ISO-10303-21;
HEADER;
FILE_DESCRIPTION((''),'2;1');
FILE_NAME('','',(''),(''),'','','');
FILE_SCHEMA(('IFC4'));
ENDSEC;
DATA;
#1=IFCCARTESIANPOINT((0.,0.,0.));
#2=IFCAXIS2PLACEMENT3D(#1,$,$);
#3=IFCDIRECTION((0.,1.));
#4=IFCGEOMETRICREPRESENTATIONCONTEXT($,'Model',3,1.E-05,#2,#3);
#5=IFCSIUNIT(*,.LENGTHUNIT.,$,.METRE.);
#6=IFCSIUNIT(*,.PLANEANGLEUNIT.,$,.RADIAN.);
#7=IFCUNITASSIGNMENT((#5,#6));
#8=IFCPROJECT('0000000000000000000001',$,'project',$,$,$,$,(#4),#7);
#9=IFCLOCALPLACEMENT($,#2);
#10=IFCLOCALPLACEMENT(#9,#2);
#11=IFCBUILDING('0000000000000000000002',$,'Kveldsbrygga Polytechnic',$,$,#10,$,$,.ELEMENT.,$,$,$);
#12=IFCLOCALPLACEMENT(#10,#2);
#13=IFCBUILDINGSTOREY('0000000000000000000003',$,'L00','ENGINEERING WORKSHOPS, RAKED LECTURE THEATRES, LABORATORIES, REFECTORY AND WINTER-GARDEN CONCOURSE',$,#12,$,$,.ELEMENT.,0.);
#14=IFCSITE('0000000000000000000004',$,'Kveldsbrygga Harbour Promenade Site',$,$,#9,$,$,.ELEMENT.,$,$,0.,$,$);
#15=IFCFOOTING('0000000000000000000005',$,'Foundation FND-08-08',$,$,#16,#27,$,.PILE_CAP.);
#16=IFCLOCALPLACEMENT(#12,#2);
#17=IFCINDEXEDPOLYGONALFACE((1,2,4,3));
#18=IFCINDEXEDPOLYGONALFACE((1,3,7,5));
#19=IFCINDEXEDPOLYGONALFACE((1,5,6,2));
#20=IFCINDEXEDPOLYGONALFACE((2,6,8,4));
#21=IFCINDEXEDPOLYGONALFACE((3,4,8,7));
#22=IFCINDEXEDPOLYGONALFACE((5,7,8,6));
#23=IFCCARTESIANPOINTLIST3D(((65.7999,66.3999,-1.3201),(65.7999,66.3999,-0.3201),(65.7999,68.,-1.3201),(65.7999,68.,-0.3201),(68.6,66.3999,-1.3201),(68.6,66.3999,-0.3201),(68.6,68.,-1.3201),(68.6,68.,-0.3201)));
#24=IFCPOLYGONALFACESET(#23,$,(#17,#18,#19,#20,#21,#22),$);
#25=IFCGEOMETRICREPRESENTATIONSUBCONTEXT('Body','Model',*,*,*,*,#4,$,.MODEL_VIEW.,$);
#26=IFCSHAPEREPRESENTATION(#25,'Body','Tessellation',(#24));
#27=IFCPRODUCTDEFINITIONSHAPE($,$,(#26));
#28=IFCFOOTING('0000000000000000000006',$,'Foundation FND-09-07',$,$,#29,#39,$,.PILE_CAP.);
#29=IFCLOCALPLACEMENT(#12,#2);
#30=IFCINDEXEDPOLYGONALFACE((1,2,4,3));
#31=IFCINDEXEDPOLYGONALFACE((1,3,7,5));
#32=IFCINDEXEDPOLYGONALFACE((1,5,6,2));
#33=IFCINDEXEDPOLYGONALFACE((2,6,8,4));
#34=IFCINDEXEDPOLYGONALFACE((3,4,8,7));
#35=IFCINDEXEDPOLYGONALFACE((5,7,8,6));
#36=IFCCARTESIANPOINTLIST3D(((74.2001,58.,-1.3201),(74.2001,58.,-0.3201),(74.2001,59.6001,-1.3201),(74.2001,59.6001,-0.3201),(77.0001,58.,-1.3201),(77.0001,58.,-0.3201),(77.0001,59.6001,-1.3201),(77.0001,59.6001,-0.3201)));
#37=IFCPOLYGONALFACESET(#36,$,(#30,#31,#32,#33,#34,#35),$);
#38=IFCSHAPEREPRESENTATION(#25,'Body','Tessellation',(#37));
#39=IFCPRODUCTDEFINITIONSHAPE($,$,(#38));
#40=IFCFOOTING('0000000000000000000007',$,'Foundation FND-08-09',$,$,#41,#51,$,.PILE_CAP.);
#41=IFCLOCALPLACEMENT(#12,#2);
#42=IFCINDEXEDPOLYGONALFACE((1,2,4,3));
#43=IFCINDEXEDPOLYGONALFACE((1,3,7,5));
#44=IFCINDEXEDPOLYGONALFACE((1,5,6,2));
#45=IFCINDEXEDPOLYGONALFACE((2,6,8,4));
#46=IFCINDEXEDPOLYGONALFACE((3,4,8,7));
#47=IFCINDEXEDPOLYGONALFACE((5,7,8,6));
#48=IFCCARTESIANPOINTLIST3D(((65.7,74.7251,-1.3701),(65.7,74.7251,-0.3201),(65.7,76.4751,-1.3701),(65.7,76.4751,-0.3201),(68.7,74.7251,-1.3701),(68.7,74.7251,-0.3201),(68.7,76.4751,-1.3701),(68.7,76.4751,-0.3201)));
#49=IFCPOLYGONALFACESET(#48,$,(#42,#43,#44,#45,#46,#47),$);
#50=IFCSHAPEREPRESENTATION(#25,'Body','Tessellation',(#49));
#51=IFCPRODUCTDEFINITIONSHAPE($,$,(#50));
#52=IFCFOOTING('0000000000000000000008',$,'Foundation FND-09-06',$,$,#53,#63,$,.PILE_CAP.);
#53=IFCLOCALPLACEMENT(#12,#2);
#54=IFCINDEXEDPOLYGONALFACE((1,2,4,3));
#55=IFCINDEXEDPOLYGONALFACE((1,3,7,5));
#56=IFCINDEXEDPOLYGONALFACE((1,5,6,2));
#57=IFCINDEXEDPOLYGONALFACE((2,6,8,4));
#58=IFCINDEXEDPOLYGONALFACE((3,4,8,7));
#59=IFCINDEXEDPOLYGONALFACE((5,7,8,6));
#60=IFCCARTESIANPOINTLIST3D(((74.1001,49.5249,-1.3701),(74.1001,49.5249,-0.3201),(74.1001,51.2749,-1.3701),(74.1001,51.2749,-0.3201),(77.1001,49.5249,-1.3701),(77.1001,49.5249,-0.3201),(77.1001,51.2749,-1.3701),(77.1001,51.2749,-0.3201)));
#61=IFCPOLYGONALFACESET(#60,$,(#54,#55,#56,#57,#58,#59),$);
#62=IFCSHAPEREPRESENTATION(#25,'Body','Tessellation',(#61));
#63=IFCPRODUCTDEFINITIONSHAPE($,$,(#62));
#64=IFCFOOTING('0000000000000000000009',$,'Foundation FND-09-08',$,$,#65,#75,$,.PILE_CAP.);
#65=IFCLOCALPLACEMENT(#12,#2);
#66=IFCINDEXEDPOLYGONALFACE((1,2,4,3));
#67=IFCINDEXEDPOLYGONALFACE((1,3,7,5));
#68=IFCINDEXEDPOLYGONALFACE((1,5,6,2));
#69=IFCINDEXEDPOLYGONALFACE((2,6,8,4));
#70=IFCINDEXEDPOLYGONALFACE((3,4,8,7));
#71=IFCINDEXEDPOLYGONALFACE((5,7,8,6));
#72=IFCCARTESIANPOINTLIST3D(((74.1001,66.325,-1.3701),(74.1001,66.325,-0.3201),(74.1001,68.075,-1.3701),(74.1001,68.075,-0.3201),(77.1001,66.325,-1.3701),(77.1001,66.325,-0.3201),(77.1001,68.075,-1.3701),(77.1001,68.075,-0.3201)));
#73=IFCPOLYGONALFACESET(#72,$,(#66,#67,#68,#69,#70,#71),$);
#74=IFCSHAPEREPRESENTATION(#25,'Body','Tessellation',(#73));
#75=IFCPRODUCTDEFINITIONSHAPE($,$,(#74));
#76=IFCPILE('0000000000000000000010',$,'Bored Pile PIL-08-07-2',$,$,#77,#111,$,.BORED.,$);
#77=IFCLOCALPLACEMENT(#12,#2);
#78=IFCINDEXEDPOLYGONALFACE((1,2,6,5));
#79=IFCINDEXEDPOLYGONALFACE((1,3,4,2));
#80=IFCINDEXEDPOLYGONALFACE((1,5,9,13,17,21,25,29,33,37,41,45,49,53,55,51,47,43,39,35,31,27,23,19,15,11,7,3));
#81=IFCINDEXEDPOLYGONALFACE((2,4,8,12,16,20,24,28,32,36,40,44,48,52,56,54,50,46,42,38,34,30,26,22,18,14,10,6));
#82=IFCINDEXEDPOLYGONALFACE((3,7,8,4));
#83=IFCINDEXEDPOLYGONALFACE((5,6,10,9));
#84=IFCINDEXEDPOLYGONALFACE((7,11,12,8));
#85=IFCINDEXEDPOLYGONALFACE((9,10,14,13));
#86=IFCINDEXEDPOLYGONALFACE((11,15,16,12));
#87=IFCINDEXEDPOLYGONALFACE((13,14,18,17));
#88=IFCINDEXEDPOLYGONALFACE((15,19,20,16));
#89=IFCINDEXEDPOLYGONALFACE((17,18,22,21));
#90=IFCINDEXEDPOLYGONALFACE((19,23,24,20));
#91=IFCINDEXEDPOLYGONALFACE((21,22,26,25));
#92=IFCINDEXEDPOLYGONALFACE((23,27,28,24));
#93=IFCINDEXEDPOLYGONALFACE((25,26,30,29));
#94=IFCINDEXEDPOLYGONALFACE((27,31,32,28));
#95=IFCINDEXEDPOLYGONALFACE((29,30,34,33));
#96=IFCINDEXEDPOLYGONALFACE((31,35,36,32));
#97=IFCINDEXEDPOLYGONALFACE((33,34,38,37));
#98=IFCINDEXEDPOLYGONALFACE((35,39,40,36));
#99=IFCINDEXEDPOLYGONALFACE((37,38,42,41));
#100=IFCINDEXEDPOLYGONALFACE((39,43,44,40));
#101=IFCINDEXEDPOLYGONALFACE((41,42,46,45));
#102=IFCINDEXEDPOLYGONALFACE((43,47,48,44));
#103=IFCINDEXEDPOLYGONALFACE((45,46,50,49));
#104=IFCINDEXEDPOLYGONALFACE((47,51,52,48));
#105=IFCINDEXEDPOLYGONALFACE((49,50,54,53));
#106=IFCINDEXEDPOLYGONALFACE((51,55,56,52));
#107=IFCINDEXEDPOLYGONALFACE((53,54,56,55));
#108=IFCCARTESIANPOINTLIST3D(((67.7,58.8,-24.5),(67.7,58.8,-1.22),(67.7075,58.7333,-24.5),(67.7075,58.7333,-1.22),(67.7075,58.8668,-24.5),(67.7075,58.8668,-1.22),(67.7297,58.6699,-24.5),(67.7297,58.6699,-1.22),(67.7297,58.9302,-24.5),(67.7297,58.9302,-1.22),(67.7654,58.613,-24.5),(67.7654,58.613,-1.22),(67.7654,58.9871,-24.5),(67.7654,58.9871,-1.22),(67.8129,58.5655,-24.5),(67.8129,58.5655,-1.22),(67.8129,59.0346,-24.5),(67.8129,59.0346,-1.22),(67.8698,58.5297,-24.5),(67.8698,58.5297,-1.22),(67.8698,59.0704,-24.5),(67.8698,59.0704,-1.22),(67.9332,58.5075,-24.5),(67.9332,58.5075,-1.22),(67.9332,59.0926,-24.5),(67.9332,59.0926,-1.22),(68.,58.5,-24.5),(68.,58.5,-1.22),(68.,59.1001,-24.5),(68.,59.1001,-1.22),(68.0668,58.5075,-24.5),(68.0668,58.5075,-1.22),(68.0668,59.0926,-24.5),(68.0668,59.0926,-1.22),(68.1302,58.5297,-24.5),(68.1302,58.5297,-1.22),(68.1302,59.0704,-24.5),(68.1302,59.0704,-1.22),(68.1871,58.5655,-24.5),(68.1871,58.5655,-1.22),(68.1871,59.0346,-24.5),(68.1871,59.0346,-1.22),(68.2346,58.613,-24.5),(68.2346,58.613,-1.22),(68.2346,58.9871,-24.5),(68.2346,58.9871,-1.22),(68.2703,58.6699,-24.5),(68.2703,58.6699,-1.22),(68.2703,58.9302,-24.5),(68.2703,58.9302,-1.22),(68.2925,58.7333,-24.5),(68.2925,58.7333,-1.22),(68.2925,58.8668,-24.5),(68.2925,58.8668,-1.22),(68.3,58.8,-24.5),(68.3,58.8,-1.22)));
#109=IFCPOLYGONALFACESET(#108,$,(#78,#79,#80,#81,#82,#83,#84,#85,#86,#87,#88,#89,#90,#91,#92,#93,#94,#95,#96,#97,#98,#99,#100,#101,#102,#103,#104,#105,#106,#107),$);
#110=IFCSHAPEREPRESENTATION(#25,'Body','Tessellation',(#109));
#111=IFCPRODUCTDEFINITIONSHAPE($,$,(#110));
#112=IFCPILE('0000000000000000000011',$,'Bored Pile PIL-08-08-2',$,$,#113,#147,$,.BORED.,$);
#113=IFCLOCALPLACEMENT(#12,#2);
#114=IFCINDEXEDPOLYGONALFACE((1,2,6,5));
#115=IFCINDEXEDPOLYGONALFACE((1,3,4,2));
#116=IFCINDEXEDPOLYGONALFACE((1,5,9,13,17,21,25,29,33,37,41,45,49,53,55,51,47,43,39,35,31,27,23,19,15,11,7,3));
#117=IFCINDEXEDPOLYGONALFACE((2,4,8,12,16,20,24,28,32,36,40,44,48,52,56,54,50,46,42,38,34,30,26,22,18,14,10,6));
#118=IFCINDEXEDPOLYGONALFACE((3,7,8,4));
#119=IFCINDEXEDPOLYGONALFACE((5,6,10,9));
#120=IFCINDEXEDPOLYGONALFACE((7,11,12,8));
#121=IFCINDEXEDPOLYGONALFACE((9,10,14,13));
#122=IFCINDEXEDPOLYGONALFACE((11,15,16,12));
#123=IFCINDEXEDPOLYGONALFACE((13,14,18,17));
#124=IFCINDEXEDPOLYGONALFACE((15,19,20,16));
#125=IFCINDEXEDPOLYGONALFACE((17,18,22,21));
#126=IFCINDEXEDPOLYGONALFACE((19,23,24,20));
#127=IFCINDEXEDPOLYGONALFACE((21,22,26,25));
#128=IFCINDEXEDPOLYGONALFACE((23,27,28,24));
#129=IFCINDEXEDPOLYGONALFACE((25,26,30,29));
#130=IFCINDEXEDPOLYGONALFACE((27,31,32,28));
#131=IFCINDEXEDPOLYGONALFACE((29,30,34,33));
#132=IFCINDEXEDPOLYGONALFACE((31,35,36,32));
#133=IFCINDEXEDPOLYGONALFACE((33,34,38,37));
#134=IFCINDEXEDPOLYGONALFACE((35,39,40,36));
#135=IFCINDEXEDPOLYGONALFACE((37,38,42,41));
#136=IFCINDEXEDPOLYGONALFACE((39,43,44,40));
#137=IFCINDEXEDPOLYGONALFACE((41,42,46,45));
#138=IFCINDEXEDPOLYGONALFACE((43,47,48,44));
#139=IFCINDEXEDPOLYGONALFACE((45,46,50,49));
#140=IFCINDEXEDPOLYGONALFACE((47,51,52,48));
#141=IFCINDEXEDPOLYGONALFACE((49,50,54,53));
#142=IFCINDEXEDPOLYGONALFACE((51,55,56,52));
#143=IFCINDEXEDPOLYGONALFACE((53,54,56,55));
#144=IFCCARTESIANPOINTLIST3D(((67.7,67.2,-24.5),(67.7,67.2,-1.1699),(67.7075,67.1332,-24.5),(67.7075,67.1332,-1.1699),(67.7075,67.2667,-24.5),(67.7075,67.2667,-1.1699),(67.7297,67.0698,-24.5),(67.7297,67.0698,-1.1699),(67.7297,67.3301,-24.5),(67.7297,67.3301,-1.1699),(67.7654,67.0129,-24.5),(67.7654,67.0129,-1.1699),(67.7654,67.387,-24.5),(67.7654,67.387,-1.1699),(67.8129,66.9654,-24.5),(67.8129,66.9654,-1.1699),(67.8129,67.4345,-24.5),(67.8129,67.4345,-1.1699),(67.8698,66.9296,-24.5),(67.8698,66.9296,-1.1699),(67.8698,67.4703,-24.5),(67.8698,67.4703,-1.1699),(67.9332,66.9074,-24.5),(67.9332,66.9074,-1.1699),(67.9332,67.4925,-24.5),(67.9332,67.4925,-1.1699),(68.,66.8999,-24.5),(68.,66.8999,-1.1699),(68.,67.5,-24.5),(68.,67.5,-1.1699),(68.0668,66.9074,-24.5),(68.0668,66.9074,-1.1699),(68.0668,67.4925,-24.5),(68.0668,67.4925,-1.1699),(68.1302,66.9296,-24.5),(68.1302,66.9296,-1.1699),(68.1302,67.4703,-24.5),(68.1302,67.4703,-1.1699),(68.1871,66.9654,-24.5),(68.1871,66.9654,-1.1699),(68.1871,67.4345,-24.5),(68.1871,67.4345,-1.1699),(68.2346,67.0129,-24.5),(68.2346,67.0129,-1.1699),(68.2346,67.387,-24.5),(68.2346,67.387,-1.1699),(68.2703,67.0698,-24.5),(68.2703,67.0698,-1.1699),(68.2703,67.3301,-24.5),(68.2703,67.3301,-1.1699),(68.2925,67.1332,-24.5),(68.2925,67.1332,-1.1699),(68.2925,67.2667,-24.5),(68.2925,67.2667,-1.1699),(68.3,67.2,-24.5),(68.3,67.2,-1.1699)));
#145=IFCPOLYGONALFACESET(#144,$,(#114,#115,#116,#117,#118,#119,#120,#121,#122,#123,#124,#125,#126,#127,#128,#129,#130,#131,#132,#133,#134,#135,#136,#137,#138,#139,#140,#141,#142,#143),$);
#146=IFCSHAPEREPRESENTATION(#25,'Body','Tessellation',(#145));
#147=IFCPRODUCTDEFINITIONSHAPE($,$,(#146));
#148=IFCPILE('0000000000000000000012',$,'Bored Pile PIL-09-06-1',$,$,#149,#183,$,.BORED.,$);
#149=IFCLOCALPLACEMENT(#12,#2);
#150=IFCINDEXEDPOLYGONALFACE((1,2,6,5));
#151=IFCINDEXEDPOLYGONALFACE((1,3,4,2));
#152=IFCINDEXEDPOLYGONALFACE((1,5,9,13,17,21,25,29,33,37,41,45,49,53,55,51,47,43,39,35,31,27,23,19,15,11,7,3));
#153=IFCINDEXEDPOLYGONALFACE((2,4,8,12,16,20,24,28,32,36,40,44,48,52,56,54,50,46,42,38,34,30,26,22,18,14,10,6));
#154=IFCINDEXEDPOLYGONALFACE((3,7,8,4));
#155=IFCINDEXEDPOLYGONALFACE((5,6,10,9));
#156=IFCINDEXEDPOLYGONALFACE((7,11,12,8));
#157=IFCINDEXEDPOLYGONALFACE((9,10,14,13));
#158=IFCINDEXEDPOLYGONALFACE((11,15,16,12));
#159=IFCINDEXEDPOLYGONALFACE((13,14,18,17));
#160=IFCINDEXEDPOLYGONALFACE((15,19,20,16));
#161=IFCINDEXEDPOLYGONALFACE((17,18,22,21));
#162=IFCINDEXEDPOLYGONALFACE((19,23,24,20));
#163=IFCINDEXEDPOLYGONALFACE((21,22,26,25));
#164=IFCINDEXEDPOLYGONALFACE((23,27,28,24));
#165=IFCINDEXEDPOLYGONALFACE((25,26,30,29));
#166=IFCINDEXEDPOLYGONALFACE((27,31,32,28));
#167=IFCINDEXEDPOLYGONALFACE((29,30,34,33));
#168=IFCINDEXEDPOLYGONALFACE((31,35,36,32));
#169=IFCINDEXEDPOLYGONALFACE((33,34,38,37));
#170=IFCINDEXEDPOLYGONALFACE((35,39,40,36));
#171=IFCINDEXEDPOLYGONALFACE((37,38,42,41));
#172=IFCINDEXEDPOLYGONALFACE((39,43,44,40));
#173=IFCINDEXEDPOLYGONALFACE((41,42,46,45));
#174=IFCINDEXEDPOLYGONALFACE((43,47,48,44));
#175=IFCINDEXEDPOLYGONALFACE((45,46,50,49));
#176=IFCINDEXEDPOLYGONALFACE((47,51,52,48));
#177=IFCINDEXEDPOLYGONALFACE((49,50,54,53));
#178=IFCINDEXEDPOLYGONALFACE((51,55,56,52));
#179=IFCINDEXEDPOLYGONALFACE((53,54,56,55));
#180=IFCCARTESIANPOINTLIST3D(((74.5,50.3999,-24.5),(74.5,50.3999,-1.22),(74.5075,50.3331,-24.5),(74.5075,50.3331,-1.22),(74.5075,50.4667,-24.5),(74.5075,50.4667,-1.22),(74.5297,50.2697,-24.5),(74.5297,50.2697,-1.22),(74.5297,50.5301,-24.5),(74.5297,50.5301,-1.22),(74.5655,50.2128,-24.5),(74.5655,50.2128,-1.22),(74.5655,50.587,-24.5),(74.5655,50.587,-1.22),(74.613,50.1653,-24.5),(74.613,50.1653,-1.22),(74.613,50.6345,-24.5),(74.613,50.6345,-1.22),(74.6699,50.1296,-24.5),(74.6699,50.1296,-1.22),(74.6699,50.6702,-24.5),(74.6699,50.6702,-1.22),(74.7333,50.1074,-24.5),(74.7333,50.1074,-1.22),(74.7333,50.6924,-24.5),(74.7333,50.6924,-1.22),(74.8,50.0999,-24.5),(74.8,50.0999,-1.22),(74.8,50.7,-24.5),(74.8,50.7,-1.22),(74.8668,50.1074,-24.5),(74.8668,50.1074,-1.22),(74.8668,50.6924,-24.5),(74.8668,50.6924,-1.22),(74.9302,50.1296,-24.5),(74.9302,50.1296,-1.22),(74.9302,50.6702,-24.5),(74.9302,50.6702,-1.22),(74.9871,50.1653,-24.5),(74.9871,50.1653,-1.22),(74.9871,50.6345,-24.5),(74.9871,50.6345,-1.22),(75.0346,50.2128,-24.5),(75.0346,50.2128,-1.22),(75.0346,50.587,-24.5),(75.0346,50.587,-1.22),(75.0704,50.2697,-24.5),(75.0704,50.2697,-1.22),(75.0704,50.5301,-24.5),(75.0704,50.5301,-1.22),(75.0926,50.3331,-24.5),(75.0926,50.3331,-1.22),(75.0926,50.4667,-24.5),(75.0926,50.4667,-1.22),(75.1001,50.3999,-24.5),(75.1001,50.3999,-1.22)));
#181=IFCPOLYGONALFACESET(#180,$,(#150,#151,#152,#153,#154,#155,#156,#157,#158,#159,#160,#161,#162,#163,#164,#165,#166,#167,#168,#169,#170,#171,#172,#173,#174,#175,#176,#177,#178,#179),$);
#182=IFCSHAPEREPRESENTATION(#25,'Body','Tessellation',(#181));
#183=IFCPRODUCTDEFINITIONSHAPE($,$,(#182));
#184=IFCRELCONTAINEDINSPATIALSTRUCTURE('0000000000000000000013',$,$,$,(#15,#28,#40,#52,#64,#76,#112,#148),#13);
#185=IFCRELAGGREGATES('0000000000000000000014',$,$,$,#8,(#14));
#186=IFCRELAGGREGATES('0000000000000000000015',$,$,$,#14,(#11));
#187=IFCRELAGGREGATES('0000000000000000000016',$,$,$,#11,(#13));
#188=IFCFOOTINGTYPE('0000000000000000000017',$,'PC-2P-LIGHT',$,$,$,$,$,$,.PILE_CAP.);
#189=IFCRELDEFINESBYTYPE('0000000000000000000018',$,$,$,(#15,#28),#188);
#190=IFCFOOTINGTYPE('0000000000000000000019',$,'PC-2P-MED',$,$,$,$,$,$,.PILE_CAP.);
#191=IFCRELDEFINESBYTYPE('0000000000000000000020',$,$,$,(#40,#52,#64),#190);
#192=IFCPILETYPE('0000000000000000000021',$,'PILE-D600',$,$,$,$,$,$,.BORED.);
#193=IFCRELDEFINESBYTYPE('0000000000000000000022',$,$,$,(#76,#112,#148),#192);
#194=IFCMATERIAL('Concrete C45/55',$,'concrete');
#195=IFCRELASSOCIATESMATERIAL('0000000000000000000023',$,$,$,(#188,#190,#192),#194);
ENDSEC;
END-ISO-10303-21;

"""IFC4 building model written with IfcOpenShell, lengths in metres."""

from ifc_helpers import new_model, si_unit, direction, frame, origin, origin_2d, place, context, subcontext, project, spatial, rectangle, circle, extrude, material, material_profile, profile_set, type_object, element, save


model = new_model("IFC4")

# Units and contexts
model_context = context("Model", 3, precision=1e-05, world=origin(), true_north=direction((0.0, 1.0)))
body_context = subcontext(model_context, "Body", "Model", "MODEL_VIEW")
ifc_project = project(units=[si_unit("LENGTHUNIT", "METRE"), si_unit("PLANEANGLEUNIT", "RADIAN")], contexts=[model_context])

# Site, building, storey
site_placement = place(None, origin())
site = spatial("IfcSite", under=ifc_project, at=site_placement, Name="Kveldsbrygga Harbour Promenade Site", CompositionType="ELEMENT", RefElevation=0.0)
building_placement = place(site_placement, origin())
building = spatial("IfcBuilding", under=site, at=building_placement, Name="Kveldsbrygga Polytechnic", CompositionType="ELEMENT")
storey_placement = place(building_placement, origin())
storey = spatial("IfcBuildingStorey", under=building, at=storey_placement, Name="L00", Description="ENGINEERING WORKSHOPS, RAKED LECTURE THEATRES, LABORATORIES, REFECTORY AND WINTER-GARDEN CONCOURSE", CompositionType="ELEMENT", Elevation=0.0)

# Footings
ifc_material_1 = material(Name="Concrete C45/55", Category="concrete")
footing_type_1 = type_object("IfcFootingType", Name="PC-2P-LIGHT", PredefinedType="PILE_CAP", material=ifc_material_1)
for number, where, z_axis, x_axis, name in (
    (1, (67.2, 67.2, -1.3201), (0.0, 0.0, 1.0), (1.0, 0.0, 0.0), "Foundation FND-08-08"),
    (2, (75.6001, 58.8, -1.3201), (0.0, 0.0, 1.0), (1.0, 0.0, 0.0), "Foundation FND-09-07"),
):
    element("IfcFooting", number, at=place(storey_placement, frame(where, z_axis=z_axis, x_axis=x_axis)), inside=storey, type_object=footing_type_1, Name=name, PredefinedType="PILE_CAP", context=body_context, shape_type="SweptSolid", body=[
        extrude(rectangle(XDim=2.8, YDim=1.6001, at=origin_2d()), origin(), (0.0, 0.0, 1.0), 1.0),
    ])
footing_type_2 = type_object("IfcFootingType", Name="PC-2P-MED", PredefinedType="PILE_CAP", material=ifc_material_1)
for number, where, z_axis, x_axis, name in (
    (3, (67.2, 75.6001, -1.3701), (0.0, 0.0, 1.0), (1.0, 0.0, 0.0), "Foundation FND-08-09"),
    (4, (75.6001, 50.3999, -1.3701), (0.0, 0.0, 1.0), (1.0, 0.0, 0.0), "Foundation FND-09-06"),
    (5, (75.6001, 67.2, -1.3701), (0.0, 0.0, 1.0), (1.0, 0.0, 0.0), "Foundation FND-09-08"),
):
    element("IfcFooting", number, at=place(storey_placement, frame(where, z_axis=z_axis, x_axis=x_axis)), inside=storey, type_object=footing_type_2, Name=name, PredefinedType="PILE_CAP", context=body_context, shape_type="SweptSolid", body=[
        extrude(rectangle(XDim=3.0, YDim=1.75, at=origin_2d()), origin(), (0.0, 0.0, 1.0), 1.05),
    ])

# Piles
ifc_material_profile_1 = material_profile(ifc_material_1, circle(Radius=0.3, at=origin_2d()), Name="PILE D600")
ifc_profile_set_1 = profile_set([ifc_material_profile_1], Name="Concrete C45/55")
pile_type = type_object("IfcPileType", Name="PILE-D600", PredefinedType="BORED", material=ifc_profile_set_1)
pile_1_placement = place(storey_placement, frame((68.0, 58.8, -1.22), z_axis=(0.0, 0.0, -1.0), x_axis=(1.0, 0.0, 0.0)))
element("IfcPile", 6, at=pile_1_placement, inside=storey, type_object=pile_type, Name="Bored Pile PIL-08-07-2", PredefinedType="BORED", context=body_context, shape_type="SweptSolid", body=[
    extrude(circle(Radius=0.3, at=origin_2d()), origin(), (0.0, 0.0, 1.0), 23.28),
])
pile_2_placement = place(storey_placement, frame((68.0, 67.2, -1.1699), z_axis=(0.0, 0.0, -1.0), x_axis=(1.0, 0.0, 0.0)))
element("IfcPile", 7, at=pile_2_placement, inside=storey, type_object=pile_type, Name="Bored Pile PIL-08-08-2", PredefinedType="BORED", context=body_context, shape_type="SweptSolid", body=[
    extrude(circle(Radius=0.3, at=origin_2d()), origin(), (0.0, 0.0, 1.0), 23.3301),
])
pile_3_placement = place(storey_placement, frame((74.8, 50.3999, -1.22), z_axis=(0.0, 0.0, -1.0), x_axis=(1.0, 0.0, 0.0)))
element("IfcPile", 8, at=pile_3_placement, inside=storey, type_object=pile_type, Name="Bored Pile PIL-09-06-1", PredefinedType="BORED", context=body_context, shape_type="SweptSolid", body=[
    extrude(circle(Radius=0.3, at=origin_2d()), origin(), (0.0, 0.0, 1.0), 23.28),
])

save(model, "model.ifc")
